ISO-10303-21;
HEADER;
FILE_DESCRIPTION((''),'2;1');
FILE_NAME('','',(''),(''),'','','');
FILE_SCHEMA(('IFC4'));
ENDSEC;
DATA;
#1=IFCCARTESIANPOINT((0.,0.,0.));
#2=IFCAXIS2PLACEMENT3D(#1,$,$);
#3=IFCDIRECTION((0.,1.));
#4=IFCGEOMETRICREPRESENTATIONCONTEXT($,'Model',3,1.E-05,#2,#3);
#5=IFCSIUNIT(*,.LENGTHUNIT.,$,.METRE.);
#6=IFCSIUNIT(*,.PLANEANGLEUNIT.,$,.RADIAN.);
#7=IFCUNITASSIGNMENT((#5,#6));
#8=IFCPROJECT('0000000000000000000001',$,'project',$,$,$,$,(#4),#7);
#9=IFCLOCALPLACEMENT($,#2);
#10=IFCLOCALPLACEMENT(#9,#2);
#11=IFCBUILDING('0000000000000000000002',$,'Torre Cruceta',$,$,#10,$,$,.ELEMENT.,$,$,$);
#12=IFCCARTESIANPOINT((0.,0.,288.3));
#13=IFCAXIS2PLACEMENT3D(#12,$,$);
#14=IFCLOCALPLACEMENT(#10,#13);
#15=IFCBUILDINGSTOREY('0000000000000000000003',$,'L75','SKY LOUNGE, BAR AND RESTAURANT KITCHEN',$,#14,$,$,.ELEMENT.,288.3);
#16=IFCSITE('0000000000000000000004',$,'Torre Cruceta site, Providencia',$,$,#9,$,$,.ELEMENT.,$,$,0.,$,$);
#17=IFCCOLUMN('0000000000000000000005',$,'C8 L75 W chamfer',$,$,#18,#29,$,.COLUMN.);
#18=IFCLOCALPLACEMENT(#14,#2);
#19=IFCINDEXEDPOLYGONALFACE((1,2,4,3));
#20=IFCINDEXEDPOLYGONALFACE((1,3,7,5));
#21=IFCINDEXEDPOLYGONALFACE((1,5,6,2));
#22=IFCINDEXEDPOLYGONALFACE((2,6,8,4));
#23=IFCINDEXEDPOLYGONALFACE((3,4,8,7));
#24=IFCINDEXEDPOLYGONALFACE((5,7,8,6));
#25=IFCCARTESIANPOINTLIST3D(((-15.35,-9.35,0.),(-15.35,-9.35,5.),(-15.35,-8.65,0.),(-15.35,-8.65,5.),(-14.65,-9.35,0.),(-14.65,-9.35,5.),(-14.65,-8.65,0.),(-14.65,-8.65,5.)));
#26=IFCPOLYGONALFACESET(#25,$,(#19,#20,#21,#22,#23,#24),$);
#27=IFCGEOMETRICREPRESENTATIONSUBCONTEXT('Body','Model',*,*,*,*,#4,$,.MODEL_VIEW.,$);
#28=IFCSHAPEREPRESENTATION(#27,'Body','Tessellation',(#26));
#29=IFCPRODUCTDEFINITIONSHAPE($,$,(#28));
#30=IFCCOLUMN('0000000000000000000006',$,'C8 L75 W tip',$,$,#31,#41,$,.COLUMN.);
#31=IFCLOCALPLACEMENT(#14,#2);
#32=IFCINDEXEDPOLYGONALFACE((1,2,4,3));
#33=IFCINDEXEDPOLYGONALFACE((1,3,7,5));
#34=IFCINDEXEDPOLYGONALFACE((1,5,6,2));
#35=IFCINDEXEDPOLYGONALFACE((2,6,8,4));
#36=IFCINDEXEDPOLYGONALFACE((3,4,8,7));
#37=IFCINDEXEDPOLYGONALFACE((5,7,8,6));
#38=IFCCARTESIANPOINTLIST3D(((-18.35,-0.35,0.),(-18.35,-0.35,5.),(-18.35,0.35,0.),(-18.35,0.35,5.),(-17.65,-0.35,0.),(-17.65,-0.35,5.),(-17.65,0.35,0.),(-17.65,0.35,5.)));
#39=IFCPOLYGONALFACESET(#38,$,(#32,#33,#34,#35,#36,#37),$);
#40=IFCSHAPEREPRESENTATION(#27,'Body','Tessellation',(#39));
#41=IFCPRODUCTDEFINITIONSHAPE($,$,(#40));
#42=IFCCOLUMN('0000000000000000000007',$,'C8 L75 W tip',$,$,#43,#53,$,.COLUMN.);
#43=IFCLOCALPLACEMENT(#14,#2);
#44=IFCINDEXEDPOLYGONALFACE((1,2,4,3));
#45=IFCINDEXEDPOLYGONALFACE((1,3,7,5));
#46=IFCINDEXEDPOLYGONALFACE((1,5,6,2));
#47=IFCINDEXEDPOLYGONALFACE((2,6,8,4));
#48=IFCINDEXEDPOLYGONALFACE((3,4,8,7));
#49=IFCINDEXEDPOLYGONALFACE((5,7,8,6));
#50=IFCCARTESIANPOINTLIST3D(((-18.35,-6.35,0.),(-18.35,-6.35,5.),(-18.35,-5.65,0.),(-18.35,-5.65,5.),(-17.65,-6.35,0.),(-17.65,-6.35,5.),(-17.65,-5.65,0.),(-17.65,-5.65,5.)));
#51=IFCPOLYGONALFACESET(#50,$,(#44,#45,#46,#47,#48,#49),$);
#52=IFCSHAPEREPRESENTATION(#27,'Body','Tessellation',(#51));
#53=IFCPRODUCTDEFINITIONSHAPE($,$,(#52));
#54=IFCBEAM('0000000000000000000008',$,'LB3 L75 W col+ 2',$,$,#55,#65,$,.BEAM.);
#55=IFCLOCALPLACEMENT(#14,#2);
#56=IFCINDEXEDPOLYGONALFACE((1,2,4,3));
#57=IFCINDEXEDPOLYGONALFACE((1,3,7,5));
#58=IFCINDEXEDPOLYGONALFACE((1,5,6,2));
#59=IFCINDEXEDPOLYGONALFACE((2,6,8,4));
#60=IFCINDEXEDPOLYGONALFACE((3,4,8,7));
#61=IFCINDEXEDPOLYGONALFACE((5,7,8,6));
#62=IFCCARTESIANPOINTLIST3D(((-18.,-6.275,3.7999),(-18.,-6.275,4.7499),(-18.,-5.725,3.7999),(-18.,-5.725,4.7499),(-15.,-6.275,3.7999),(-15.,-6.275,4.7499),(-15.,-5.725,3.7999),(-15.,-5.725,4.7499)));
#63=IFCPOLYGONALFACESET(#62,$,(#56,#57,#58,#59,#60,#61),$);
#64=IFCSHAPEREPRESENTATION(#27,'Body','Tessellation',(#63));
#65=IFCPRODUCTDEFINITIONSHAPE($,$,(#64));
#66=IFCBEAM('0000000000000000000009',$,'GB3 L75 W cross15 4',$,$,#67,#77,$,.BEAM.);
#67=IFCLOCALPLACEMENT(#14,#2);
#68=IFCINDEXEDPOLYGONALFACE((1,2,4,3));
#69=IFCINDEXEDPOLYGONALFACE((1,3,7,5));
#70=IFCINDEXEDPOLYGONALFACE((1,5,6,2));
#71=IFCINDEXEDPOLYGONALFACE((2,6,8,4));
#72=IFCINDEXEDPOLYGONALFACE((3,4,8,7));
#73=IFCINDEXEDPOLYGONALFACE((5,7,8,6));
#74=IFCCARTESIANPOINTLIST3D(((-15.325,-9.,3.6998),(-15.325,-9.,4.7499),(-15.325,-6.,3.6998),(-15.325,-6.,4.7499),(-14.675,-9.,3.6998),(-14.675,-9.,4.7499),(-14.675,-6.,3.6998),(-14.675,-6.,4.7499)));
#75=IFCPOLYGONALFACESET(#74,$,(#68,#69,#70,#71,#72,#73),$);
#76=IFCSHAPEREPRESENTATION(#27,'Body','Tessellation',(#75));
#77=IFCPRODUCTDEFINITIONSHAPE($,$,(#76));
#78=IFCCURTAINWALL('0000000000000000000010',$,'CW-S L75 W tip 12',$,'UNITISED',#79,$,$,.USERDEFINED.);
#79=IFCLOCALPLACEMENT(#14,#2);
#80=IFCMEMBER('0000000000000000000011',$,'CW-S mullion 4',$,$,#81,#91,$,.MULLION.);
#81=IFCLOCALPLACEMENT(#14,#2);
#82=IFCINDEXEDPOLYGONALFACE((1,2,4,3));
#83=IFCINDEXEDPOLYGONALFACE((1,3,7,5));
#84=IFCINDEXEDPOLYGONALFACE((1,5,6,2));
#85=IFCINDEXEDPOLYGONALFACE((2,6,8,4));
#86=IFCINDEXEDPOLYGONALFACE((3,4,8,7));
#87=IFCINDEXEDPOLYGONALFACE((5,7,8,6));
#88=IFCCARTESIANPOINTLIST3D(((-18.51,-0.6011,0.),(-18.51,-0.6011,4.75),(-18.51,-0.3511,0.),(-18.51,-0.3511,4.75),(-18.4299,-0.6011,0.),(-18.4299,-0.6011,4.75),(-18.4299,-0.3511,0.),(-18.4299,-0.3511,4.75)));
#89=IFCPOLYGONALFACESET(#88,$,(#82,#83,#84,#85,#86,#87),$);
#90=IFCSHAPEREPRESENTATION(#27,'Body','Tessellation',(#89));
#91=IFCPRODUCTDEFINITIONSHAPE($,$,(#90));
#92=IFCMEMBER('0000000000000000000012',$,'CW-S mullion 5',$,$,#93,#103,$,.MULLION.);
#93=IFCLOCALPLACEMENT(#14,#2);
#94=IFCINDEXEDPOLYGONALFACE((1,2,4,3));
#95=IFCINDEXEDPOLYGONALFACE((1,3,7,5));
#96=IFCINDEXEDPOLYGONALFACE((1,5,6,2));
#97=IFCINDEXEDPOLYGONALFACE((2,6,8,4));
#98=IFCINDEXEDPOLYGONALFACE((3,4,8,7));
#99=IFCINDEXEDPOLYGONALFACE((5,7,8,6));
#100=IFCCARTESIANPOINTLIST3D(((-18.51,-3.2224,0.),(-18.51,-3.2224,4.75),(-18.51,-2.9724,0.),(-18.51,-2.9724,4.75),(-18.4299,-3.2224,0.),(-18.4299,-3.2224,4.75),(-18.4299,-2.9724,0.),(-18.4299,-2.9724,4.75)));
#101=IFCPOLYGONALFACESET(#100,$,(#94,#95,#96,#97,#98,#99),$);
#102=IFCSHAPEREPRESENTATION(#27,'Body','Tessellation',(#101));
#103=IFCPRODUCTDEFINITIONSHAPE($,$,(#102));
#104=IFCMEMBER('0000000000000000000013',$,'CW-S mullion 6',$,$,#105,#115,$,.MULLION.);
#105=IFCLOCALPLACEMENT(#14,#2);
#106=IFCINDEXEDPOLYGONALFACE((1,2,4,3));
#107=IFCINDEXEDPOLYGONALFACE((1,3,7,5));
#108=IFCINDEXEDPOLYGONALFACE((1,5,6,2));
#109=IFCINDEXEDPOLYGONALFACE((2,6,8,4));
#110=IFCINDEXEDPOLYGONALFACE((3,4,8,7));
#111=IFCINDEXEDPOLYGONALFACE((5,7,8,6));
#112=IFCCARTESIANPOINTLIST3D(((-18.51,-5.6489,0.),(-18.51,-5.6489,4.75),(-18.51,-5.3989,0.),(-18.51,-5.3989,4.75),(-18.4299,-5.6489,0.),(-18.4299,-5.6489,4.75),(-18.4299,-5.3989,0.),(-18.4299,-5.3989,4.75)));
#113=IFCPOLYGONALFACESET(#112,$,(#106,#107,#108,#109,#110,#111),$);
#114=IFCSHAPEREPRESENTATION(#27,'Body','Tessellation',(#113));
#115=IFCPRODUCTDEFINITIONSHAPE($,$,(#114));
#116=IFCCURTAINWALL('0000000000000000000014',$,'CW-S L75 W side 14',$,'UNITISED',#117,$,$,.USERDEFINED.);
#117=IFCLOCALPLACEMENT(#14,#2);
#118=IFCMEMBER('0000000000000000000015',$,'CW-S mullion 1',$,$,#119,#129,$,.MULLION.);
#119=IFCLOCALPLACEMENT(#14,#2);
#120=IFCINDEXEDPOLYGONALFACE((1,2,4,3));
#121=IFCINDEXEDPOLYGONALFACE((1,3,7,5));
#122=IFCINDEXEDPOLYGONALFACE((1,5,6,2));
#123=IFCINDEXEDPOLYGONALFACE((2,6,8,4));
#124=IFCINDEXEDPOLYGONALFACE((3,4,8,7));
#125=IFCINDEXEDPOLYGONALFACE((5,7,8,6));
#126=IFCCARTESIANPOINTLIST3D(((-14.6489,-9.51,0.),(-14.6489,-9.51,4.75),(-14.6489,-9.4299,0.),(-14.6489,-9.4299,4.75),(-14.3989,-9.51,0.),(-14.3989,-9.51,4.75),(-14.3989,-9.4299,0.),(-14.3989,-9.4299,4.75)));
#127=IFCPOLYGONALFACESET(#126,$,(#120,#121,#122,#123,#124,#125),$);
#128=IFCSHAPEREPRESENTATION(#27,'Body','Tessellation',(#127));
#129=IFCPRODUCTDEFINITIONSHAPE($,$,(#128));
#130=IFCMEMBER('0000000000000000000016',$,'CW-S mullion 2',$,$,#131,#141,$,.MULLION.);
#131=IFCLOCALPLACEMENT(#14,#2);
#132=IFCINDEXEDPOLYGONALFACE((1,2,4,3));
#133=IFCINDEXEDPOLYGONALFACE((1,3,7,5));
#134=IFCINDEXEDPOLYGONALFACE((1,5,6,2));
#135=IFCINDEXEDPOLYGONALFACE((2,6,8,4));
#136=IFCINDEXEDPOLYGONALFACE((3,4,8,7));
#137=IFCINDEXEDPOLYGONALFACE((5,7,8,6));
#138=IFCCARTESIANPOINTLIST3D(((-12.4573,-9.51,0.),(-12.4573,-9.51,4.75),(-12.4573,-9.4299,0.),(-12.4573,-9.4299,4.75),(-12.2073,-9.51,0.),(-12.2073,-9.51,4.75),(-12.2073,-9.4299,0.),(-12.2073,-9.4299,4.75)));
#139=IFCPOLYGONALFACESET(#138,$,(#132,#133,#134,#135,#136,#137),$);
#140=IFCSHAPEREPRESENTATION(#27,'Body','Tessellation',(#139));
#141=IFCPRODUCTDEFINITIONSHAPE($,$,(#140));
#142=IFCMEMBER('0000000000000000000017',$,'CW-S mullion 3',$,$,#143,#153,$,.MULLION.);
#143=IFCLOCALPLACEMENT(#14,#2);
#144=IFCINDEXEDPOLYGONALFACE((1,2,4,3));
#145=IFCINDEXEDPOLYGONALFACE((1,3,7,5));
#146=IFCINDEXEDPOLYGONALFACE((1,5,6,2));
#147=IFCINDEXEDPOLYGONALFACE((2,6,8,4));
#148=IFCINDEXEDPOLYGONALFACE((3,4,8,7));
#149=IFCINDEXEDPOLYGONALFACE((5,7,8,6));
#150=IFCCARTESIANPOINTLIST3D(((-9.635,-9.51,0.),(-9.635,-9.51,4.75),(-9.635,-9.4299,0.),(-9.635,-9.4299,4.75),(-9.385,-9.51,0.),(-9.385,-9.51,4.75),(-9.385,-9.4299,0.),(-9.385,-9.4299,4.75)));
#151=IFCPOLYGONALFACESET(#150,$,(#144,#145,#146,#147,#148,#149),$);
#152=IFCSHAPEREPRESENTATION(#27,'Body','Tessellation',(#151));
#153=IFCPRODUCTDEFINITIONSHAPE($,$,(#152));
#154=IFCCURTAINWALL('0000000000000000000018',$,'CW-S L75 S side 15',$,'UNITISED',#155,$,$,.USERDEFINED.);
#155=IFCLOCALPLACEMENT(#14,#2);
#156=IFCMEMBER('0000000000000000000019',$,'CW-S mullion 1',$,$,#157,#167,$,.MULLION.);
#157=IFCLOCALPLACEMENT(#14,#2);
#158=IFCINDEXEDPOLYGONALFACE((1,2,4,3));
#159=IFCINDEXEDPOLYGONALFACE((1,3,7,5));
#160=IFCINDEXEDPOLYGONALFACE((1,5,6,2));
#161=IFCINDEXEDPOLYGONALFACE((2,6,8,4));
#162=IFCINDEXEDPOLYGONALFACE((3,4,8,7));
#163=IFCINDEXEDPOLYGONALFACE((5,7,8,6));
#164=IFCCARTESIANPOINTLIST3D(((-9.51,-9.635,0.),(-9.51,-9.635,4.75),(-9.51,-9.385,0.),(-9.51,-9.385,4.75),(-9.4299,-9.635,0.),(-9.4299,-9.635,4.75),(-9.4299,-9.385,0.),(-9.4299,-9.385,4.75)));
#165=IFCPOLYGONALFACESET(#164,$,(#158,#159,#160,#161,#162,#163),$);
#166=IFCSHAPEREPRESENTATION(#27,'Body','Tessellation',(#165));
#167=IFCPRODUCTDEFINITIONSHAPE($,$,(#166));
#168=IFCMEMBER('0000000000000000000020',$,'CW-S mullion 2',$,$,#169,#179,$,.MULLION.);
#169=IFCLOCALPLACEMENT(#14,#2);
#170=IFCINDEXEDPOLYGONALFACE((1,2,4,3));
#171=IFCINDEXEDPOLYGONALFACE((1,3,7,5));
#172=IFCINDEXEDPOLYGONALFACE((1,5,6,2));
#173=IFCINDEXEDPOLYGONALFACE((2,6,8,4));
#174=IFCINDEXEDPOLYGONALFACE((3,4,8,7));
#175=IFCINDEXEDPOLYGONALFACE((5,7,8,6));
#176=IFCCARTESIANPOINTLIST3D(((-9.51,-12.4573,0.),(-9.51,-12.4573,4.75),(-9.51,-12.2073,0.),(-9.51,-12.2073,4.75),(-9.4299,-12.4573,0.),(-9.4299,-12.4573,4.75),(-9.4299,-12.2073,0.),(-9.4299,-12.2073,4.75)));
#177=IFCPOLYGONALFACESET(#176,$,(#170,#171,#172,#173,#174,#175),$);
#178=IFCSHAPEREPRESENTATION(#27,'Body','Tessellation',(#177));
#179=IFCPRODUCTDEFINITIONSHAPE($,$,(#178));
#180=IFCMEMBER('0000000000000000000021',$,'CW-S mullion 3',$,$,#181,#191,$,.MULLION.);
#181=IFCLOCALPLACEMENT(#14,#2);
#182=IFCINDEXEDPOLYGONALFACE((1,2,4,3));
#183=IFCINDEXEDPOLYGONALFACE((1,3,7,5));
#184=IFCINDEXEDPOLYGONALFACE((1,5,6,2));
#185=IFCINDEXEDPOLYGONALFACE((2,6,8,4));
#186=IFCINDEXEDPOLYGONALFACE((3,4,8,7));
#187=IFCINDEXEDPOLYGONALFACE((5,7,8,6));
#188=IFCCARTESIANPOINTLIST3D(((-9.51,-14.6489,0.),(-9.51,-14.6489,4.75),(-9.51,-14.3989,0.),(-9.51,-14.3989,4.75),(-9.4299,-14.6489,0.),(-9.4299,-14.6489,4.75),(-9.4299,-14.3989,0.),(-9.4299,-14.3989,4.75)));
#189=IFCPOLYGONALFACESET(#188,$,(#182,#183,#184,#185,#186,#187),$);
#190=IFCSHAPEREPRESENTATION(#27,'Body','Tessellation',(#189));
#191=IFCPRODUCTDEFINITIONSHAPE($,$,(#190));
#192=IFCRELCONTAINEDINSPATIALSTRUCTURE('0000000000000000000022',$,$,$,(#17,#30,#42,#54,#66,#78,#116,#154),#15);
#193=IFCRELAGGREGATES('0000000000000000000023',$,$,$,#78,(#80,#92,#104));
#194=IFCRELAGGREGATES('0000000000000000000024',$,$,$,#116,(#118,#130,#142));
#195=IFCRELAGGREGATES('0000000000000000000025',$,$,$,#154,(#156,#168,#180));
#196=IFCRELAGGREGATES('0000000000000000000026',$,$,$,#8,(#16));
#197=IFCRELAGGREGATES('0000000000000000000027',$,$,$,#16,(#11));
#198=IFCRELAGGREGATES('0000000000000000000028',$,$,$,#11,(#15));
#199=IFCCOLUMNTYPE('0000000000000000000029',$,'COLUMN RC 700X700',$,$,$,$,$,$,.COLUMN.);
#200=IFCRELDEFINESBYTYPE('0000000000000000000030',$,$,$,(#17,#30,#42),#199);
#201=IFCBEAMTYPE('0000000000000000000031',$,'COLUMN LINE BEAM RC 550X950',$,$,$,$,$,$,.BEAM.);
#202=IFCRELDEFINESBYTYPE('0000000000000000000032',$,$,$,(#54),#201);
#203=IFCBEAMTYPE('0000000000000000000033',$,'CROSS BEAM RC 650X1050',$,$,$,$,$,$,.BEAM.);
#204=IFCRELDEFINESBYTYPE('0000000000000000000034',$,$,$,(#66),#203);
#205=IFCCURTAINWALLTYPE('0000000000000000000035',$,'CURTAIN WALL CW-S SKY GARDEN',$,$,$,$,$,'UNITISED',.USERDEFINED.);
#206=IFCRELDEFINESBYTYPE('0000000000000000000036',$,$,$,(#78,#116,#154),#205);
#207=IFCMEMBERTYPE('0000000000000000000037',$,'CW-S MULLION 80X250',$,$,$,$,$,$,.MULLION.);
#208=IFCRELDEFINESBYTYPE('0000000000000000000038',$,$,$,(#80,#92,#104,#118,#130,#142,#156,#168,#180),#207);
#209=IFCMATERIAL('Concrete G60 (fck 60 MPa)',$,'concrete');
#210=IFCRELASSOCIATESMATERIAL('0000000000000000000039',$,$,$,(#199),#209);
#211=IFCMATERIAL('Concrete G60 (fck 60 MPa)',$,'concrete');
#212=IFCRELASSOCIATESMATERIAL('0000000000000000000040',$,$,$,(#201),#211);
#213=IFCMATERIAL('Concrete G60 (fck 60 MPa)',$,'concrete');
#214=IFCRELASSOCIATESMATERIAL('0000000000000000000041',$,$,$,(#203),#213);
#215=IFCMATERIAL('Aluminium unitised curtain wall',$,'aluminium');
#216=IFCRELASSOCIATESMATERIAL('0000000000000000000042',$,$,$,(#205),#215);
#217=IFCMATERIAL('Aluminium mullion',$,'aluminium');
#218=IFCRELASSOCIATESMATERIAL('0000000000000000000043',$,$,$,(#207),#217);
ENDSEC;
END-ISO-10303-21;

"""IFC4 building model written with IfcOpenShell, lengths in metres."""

from ifc_helpers import new_model, si_unit, direction, frame, origin, origin_2d, place, context, subcontext, project, spatial, rectangle, extrude, material, material_profile, profile_set, type_object, element, aggregate, save


model = new_model("IFC4")

# Units and contexts
model_context = context("Model", 3, precision=1e-05, world=origin(), true_north=direction((0.0, 1.0)))
body_context = subcontext(model_context, "Body", "Model", "MODEL_VIEW")
ifc_project = project(units=[si_unit("LENGTHUNIT", "METRE"), si_unit("PLANEANGLEUNIT", "RADIAN")], contexts=[model_context])

# Site, building, storey
site_placement = place(None, origin())
site = spatial("IfcSite", under=ifc_project, at=site_placement, Name="Torre Cruceta site, Providencia", CompositionType="ELEMENT", RefElevation=0.0)
building_placement = place(site_placement, origin())
building = spatial("IfcBuilding", under=site, at=building_placement, Name="Torre Cruceta", CompositionType="ELEMENT")
storey_placement = place(building_placement, frame((0.0, 0.0, 288.3)))
storey = spatial("IfcBuildingStorey", under=building, at=storey_placement, Name="L75", Description="SKY LOUNGE, BAR AND RESTAURANT KITCHEN", CompositionType="ELEMENT", Elevation=288.3)

# Columns
ifc_material_1 = material(Name="Concrete G60 (fck 60 MPa)", Category="concrete")
ifc_material_profile_1 = material_profile(ifc_material_1, rectangle(XDim=0.7, YDim=0.7, at=origin_2d()), Name="RC 700X700")
ifc_profile_set_1 = profile_set([ifc_material_profile_1], Name="Concrete G60 (fck 60 MPa)")
column_type = type_object("IfcColumnType", Name="COLUMN RC 700X700", PredefinedType="COLUMN", material=ifc_profile_set_1)
for number, where, z_axis, x_axis, name in (
    (1, (-15.0, -9.0, 0.0), (0.0, 0.0, 1.0), (1.0, 0.0, 0.0), "C8 L75 W chamfer"),
    (2, (-18.0, 0.0, 0.0), (0.0, 0.0, 1.0), (1.0, 0.0, 0.0), "C8 L75 W tip"),
    (3, (-18.0, -6.0, 0.0), (0.0, 0.0, 1.0), (1.0, 0.0, 0.0), "C8 L75 W tip"),
):
    element("IfcColumn", number, at=place(storey_placement, frame(where, z_axis=z_axis, x_axis=x_axis)), inside=storey, type_object=column_type, Name=name, PredefinedType="COLUMN", context=body_context, shape_type="SweptSolid", body=[
        extrude(rectangle(XDim=0.7, YDim=0.7, at=origin_2d()), origin(), (0.0, 0.0, 1.0), 5.0),
    ])

# Beams
ifc_material_2 = material(Name="Concrete G60 (fck 60 MPa)", Category="concrete")
ifc_material_profile_2 = material_profile(ifc_material_2, rectangle(XDim=0.55, YDim=0.95, at=origin_2d()), Name="RC 550X950")
ifc_profile_set_2 = profile_set([ifc_material_profile_2], Name="Concrete G60 (fck 60 MPa)")
beam_type_1 = type_object("IfcBeamType", Name="COLUMN LINE BEAM RC 550X950", PredefinedType="BEAM", material=ifc_profile_set_2)
beam_1_placement = place(storey_placement, frame((-15.0, -6.0, 4.2749), z_axis=(-1.0, 0.0, 0.0), x_axis=(0.0, -1.0, 0.0)))
element("IfcBeam", 4, at=beam_1_placement, inside=storey, type_object=beam_type_1, Name="LB3 L75 W col+ 2", PredefinedType="BEAM", context=body_context, shape_type="SweptSolid", body=[
    extrude(rectangle(XDim=0.55, YDim=0.95, at=origin_2d()), origin(), (0.0, 0.0, 1.0), 3.0),
])
ifc_material_3 = material(Name="Concrete G60 (fck 60 MPa)", Category="concrete")
ifc_material_profile_3 = material_profile(ifc_material_3, rectangle(XDim=0.6499, YDim=1.05, at=origin_2d()), Name="RC 650X1050")
ifc_profile_set_3 = profile_set([ifc_material_profile_3], Name="Concrete G60 (fck 60 MPa)")
beam_type_2 = type_object("IfcBeamType", Name="CROSS BEAM RC 650X1050", PredefinedType="BEAM", material=ifc_profile_set_3)
beam_2_placement = place(storey_placement, frame((-15.0, -6.0, 4.2249), z_axis=(0.0, -1.0, 0.0), x_axis=(1.0, 0.0, 0.0)))
element("IfcBeam", 5, at=beam_2_placement, inside=storey, type_object=beam_type_2, Name="GB3 L75 W cross15 4", PredefinedType="BEAM", context=body_context, shape_type="SweptSolid", body=[
    extrude(rectangle(XDim=0.6499, YDim=1.05, at=origin_2d()), origin(), (0.0, 0.0, 1.0), 3.0),
])

# Curtain walls, members
ifc_material_4 = material(Name="Aluminium unitised curtain wall", Category="aluminium")
curtain_wall_type = type_object("IfcCurtainWallType", Name="CURTAIN WALL CW-S SKY GARDEN", ElementType="UNITISED", PredefinedType="USERDEFINED", material=ifc_material_4)
curtain_wall_1_placement = place(storey_placement, origin())
curtain_wall_1 = element("IfcCurtainWall", 6, at=curtain_wall_1_placement, inside=storey, type_object=curtain_wall_type, Name="CW-S L75 W tip 12", ObjectType="UNITISED", PredefinedType="USERDEFINED")
ifc_material_5 = material(Name="Aluminium mullion", Category="aluminium")
ifc_material_profile_4 = material_profile(ifc_material_5, rectangle(XDim=0.0801, YDim=0.25, at=origin_2d()), Name="AL 80X250")
ifc_profile_set_4 = profile_set([ifc_material_profile_4], Name="Aluminium mullion")
member_type_1 = type_object("IfcMemberType", Name="CW-S MULLION 80X250", PredefinedType="MULLION", material=ifc_profile_set_4)
member_1_placement = place(storey_placement, frame((-18.47, -0.4761, 0.0), z_axis=(0.0, 0.0, 1.0), x_axis=(1.0, 0.0, 0.0)))
member_1 = element("IfcMember", 7, at=member_1_placement, type_object=member_type_1, Name="CW-S mullion 4", PredefinedType="MULLION", context=body_context, shape_type="SweptSolid", body=[
    extrude(rectangle(XDim=0.0801, YDim=0.25, at=origin_2d()), origin(), (0.0, 0.0, 1.0), 4.75),
])
member_2_placement = place(storey_placement, frame((-18.47, -3.0974, 0.0), z_axis=(0.0, 0.0, 1.0), x_axis=(1.0, 0.0, 0.0)))
member_2 = element("IfcMember", 8, at=member_2_placement, type_object=member_type_1, Name="CW-S mullion 5", PredefinedType="MULLION", context=body_context, shape_type="SweptSolid", body=[
    extrude(rectangle(XDim=0.0801, YDim=0.25, at=origin_2d()), origin(), (0.0, 0.0, 1.0), 4.75),
])
member_3_placement = place(storey_placement, frame((-18.47, -5.5239, 0.0), z_axis=(0.0, 0.0, 1.0), x_axis=(1.0, 0.0, 0.0)))
member_3 = element("IfcMember", 9, at=member_3_placement, type_object=member_type_1, Name="CW-S mullion 6", PredefinedType="MULLION", context=body_context, shape_type="SweptSolid", body=[
    extrude(rectangle(XDim=0.0801, YDim=0.25, at=origin_2d()), origin(), (0.0, 0.0, 1.0), 4.75),
])
curtain_wall_2_placement = place(storey_placement, origin())
curtain_wall_2 = element("IfcCurtainWall", 10, at=curtain_wall_2_placement, inside=storey, type_object=curtain_wall_type, Name="CW-S L75 W side 14", ObjectType="UNITISED", PredefinedType="USERDEFINED")
member_4_placement = place(storey_placement, frame((-14.5239, -9.47, 0.0), z_axis=(0.0, 0.0, 1.0), x_axis=(0.0, 1.0, 0.0)))
member_4 = element("IfcMember", 11, at=member_4_placement, type_object=member_type_1, Name="CW-S mullion 1", PredefinedType="MULLION", context=body_context, shape_type="SweptSolid", body=[
    extrude(rectangle(XDim=0.0801, YDim=0.25, at=origin_2d()), origin(), (0.0, 0.0, 1.0), 4.75),
])
member_5_placement = place(storey_placement, frame((-12.3323, -9.47, 0.0), z_axis=(0.0, 0.0, 1.0), x_axis=(0.0, 1.0, 0.0)))
member_5 = element("IfcMember", 12, at=member_5_placement, type_object=member_type_1, Name="CW-S mullion 2", PredefinedType="MULLION", context=body_context, shape_type="SweptSolid", body=[
    extrude(rectangle(XDim=0.0801, YDim=0.25, at=origin_2d()), origin(), (0.0, 0.0, 1.0), 4.75),
])
member_6_placement = place(storey_placement, frame((-9.51, -9.47, 0.0), z_axis=(0.0, 0.0, 1.0), x_axis=(0.0, 1.0, 0.0)))
member_6 = element("IfcMember", 13, at=member_6_placement, type_object=member_type_1, Name="CW-S mullion 3", PredefinedType="MULLION", context=body_context, shape_type="SweptSolid", body=[
    extrude(rectangle(XDim=0.0801, YDim=0.25, at=origin_2d()), origin(), (0.0, 0.0, 1.0), 4.75),
])
curtain_wall_3_placement = place(storey_placement, origin())
curtain_wall_3 = element("IfcCurtainWall", 14, at=curtain_wall_3_placement, inside=storey, type_object=curtain_wall_type, Name="CW-S L75 S side 15", ObjectType="UNITISED", PredefinedType="USERDEFINED")
member_7_placement = place(storey_placement, frame((-9.47, -9.51, 0.0), z_axis=(0.0, 0.0, 1.0), x_axis=(1.0, 0.0, 0.0)))
member_7 = element("IfcMember", 15, at=member_7_placement, type_object=member_type_1, Name="CW-S mullion 1", PredefinedType="MULLION", context=body_context, shape_type="SweptSolid", body=[
    extrude(rectangle(XDim=0.0801, YDim=0.25, at=origin_2d()), origin(), (0.0, 0.0, 1.0), 4.75),
])
member_8_placement = place(storey_placement, frame((-9.47, -12.3323, 0.0), z_axis=(0.0, 0.0, 1.0), x_axis=(1.0, 0.0, 0.0)))
member_8 = element("IfcMember", 16, at=member_8_placement, type_object=member_type_1, Name="CW-S mullion 2", PredefinedType="MULLION", context=body_context, shape_type="SweptSolid", body=[
    extrude(rectangle(XDim=0.0801, YDim=0.25, at=origin_2d()), origin(), (0.0, 0.0, 1.0), 4.75),
])
member_9_placement = place(storey_placement, frame((-9.47, -14.5239, 0.0), z_axis=(0.0, 0.0, 1.0), x_axis=(1.0, 0.0, 0.0)))
member_9 = element("IfcMember", 17, at=member_9_placement, type_object=member_type_1, Name="CW-S mullion 3", PredefinedType="MULLION", context=body_context, shape_type="SweptSolid", body=[
    extrude(rectangle(XDim=0.0801, YDim=0.25, at=origin_2d()), origin(), (0.0, 0.0, 1.0), 4.75),
])

aggregate(curtain_wall_1, [member_1, member_2, member_3])
aggregate(curtain_wall_2, [member_4, member_5, member_6])
aggregate(curtain_wall_3, [member_7, member_8, member_9])

save(model, "model.ifc")
